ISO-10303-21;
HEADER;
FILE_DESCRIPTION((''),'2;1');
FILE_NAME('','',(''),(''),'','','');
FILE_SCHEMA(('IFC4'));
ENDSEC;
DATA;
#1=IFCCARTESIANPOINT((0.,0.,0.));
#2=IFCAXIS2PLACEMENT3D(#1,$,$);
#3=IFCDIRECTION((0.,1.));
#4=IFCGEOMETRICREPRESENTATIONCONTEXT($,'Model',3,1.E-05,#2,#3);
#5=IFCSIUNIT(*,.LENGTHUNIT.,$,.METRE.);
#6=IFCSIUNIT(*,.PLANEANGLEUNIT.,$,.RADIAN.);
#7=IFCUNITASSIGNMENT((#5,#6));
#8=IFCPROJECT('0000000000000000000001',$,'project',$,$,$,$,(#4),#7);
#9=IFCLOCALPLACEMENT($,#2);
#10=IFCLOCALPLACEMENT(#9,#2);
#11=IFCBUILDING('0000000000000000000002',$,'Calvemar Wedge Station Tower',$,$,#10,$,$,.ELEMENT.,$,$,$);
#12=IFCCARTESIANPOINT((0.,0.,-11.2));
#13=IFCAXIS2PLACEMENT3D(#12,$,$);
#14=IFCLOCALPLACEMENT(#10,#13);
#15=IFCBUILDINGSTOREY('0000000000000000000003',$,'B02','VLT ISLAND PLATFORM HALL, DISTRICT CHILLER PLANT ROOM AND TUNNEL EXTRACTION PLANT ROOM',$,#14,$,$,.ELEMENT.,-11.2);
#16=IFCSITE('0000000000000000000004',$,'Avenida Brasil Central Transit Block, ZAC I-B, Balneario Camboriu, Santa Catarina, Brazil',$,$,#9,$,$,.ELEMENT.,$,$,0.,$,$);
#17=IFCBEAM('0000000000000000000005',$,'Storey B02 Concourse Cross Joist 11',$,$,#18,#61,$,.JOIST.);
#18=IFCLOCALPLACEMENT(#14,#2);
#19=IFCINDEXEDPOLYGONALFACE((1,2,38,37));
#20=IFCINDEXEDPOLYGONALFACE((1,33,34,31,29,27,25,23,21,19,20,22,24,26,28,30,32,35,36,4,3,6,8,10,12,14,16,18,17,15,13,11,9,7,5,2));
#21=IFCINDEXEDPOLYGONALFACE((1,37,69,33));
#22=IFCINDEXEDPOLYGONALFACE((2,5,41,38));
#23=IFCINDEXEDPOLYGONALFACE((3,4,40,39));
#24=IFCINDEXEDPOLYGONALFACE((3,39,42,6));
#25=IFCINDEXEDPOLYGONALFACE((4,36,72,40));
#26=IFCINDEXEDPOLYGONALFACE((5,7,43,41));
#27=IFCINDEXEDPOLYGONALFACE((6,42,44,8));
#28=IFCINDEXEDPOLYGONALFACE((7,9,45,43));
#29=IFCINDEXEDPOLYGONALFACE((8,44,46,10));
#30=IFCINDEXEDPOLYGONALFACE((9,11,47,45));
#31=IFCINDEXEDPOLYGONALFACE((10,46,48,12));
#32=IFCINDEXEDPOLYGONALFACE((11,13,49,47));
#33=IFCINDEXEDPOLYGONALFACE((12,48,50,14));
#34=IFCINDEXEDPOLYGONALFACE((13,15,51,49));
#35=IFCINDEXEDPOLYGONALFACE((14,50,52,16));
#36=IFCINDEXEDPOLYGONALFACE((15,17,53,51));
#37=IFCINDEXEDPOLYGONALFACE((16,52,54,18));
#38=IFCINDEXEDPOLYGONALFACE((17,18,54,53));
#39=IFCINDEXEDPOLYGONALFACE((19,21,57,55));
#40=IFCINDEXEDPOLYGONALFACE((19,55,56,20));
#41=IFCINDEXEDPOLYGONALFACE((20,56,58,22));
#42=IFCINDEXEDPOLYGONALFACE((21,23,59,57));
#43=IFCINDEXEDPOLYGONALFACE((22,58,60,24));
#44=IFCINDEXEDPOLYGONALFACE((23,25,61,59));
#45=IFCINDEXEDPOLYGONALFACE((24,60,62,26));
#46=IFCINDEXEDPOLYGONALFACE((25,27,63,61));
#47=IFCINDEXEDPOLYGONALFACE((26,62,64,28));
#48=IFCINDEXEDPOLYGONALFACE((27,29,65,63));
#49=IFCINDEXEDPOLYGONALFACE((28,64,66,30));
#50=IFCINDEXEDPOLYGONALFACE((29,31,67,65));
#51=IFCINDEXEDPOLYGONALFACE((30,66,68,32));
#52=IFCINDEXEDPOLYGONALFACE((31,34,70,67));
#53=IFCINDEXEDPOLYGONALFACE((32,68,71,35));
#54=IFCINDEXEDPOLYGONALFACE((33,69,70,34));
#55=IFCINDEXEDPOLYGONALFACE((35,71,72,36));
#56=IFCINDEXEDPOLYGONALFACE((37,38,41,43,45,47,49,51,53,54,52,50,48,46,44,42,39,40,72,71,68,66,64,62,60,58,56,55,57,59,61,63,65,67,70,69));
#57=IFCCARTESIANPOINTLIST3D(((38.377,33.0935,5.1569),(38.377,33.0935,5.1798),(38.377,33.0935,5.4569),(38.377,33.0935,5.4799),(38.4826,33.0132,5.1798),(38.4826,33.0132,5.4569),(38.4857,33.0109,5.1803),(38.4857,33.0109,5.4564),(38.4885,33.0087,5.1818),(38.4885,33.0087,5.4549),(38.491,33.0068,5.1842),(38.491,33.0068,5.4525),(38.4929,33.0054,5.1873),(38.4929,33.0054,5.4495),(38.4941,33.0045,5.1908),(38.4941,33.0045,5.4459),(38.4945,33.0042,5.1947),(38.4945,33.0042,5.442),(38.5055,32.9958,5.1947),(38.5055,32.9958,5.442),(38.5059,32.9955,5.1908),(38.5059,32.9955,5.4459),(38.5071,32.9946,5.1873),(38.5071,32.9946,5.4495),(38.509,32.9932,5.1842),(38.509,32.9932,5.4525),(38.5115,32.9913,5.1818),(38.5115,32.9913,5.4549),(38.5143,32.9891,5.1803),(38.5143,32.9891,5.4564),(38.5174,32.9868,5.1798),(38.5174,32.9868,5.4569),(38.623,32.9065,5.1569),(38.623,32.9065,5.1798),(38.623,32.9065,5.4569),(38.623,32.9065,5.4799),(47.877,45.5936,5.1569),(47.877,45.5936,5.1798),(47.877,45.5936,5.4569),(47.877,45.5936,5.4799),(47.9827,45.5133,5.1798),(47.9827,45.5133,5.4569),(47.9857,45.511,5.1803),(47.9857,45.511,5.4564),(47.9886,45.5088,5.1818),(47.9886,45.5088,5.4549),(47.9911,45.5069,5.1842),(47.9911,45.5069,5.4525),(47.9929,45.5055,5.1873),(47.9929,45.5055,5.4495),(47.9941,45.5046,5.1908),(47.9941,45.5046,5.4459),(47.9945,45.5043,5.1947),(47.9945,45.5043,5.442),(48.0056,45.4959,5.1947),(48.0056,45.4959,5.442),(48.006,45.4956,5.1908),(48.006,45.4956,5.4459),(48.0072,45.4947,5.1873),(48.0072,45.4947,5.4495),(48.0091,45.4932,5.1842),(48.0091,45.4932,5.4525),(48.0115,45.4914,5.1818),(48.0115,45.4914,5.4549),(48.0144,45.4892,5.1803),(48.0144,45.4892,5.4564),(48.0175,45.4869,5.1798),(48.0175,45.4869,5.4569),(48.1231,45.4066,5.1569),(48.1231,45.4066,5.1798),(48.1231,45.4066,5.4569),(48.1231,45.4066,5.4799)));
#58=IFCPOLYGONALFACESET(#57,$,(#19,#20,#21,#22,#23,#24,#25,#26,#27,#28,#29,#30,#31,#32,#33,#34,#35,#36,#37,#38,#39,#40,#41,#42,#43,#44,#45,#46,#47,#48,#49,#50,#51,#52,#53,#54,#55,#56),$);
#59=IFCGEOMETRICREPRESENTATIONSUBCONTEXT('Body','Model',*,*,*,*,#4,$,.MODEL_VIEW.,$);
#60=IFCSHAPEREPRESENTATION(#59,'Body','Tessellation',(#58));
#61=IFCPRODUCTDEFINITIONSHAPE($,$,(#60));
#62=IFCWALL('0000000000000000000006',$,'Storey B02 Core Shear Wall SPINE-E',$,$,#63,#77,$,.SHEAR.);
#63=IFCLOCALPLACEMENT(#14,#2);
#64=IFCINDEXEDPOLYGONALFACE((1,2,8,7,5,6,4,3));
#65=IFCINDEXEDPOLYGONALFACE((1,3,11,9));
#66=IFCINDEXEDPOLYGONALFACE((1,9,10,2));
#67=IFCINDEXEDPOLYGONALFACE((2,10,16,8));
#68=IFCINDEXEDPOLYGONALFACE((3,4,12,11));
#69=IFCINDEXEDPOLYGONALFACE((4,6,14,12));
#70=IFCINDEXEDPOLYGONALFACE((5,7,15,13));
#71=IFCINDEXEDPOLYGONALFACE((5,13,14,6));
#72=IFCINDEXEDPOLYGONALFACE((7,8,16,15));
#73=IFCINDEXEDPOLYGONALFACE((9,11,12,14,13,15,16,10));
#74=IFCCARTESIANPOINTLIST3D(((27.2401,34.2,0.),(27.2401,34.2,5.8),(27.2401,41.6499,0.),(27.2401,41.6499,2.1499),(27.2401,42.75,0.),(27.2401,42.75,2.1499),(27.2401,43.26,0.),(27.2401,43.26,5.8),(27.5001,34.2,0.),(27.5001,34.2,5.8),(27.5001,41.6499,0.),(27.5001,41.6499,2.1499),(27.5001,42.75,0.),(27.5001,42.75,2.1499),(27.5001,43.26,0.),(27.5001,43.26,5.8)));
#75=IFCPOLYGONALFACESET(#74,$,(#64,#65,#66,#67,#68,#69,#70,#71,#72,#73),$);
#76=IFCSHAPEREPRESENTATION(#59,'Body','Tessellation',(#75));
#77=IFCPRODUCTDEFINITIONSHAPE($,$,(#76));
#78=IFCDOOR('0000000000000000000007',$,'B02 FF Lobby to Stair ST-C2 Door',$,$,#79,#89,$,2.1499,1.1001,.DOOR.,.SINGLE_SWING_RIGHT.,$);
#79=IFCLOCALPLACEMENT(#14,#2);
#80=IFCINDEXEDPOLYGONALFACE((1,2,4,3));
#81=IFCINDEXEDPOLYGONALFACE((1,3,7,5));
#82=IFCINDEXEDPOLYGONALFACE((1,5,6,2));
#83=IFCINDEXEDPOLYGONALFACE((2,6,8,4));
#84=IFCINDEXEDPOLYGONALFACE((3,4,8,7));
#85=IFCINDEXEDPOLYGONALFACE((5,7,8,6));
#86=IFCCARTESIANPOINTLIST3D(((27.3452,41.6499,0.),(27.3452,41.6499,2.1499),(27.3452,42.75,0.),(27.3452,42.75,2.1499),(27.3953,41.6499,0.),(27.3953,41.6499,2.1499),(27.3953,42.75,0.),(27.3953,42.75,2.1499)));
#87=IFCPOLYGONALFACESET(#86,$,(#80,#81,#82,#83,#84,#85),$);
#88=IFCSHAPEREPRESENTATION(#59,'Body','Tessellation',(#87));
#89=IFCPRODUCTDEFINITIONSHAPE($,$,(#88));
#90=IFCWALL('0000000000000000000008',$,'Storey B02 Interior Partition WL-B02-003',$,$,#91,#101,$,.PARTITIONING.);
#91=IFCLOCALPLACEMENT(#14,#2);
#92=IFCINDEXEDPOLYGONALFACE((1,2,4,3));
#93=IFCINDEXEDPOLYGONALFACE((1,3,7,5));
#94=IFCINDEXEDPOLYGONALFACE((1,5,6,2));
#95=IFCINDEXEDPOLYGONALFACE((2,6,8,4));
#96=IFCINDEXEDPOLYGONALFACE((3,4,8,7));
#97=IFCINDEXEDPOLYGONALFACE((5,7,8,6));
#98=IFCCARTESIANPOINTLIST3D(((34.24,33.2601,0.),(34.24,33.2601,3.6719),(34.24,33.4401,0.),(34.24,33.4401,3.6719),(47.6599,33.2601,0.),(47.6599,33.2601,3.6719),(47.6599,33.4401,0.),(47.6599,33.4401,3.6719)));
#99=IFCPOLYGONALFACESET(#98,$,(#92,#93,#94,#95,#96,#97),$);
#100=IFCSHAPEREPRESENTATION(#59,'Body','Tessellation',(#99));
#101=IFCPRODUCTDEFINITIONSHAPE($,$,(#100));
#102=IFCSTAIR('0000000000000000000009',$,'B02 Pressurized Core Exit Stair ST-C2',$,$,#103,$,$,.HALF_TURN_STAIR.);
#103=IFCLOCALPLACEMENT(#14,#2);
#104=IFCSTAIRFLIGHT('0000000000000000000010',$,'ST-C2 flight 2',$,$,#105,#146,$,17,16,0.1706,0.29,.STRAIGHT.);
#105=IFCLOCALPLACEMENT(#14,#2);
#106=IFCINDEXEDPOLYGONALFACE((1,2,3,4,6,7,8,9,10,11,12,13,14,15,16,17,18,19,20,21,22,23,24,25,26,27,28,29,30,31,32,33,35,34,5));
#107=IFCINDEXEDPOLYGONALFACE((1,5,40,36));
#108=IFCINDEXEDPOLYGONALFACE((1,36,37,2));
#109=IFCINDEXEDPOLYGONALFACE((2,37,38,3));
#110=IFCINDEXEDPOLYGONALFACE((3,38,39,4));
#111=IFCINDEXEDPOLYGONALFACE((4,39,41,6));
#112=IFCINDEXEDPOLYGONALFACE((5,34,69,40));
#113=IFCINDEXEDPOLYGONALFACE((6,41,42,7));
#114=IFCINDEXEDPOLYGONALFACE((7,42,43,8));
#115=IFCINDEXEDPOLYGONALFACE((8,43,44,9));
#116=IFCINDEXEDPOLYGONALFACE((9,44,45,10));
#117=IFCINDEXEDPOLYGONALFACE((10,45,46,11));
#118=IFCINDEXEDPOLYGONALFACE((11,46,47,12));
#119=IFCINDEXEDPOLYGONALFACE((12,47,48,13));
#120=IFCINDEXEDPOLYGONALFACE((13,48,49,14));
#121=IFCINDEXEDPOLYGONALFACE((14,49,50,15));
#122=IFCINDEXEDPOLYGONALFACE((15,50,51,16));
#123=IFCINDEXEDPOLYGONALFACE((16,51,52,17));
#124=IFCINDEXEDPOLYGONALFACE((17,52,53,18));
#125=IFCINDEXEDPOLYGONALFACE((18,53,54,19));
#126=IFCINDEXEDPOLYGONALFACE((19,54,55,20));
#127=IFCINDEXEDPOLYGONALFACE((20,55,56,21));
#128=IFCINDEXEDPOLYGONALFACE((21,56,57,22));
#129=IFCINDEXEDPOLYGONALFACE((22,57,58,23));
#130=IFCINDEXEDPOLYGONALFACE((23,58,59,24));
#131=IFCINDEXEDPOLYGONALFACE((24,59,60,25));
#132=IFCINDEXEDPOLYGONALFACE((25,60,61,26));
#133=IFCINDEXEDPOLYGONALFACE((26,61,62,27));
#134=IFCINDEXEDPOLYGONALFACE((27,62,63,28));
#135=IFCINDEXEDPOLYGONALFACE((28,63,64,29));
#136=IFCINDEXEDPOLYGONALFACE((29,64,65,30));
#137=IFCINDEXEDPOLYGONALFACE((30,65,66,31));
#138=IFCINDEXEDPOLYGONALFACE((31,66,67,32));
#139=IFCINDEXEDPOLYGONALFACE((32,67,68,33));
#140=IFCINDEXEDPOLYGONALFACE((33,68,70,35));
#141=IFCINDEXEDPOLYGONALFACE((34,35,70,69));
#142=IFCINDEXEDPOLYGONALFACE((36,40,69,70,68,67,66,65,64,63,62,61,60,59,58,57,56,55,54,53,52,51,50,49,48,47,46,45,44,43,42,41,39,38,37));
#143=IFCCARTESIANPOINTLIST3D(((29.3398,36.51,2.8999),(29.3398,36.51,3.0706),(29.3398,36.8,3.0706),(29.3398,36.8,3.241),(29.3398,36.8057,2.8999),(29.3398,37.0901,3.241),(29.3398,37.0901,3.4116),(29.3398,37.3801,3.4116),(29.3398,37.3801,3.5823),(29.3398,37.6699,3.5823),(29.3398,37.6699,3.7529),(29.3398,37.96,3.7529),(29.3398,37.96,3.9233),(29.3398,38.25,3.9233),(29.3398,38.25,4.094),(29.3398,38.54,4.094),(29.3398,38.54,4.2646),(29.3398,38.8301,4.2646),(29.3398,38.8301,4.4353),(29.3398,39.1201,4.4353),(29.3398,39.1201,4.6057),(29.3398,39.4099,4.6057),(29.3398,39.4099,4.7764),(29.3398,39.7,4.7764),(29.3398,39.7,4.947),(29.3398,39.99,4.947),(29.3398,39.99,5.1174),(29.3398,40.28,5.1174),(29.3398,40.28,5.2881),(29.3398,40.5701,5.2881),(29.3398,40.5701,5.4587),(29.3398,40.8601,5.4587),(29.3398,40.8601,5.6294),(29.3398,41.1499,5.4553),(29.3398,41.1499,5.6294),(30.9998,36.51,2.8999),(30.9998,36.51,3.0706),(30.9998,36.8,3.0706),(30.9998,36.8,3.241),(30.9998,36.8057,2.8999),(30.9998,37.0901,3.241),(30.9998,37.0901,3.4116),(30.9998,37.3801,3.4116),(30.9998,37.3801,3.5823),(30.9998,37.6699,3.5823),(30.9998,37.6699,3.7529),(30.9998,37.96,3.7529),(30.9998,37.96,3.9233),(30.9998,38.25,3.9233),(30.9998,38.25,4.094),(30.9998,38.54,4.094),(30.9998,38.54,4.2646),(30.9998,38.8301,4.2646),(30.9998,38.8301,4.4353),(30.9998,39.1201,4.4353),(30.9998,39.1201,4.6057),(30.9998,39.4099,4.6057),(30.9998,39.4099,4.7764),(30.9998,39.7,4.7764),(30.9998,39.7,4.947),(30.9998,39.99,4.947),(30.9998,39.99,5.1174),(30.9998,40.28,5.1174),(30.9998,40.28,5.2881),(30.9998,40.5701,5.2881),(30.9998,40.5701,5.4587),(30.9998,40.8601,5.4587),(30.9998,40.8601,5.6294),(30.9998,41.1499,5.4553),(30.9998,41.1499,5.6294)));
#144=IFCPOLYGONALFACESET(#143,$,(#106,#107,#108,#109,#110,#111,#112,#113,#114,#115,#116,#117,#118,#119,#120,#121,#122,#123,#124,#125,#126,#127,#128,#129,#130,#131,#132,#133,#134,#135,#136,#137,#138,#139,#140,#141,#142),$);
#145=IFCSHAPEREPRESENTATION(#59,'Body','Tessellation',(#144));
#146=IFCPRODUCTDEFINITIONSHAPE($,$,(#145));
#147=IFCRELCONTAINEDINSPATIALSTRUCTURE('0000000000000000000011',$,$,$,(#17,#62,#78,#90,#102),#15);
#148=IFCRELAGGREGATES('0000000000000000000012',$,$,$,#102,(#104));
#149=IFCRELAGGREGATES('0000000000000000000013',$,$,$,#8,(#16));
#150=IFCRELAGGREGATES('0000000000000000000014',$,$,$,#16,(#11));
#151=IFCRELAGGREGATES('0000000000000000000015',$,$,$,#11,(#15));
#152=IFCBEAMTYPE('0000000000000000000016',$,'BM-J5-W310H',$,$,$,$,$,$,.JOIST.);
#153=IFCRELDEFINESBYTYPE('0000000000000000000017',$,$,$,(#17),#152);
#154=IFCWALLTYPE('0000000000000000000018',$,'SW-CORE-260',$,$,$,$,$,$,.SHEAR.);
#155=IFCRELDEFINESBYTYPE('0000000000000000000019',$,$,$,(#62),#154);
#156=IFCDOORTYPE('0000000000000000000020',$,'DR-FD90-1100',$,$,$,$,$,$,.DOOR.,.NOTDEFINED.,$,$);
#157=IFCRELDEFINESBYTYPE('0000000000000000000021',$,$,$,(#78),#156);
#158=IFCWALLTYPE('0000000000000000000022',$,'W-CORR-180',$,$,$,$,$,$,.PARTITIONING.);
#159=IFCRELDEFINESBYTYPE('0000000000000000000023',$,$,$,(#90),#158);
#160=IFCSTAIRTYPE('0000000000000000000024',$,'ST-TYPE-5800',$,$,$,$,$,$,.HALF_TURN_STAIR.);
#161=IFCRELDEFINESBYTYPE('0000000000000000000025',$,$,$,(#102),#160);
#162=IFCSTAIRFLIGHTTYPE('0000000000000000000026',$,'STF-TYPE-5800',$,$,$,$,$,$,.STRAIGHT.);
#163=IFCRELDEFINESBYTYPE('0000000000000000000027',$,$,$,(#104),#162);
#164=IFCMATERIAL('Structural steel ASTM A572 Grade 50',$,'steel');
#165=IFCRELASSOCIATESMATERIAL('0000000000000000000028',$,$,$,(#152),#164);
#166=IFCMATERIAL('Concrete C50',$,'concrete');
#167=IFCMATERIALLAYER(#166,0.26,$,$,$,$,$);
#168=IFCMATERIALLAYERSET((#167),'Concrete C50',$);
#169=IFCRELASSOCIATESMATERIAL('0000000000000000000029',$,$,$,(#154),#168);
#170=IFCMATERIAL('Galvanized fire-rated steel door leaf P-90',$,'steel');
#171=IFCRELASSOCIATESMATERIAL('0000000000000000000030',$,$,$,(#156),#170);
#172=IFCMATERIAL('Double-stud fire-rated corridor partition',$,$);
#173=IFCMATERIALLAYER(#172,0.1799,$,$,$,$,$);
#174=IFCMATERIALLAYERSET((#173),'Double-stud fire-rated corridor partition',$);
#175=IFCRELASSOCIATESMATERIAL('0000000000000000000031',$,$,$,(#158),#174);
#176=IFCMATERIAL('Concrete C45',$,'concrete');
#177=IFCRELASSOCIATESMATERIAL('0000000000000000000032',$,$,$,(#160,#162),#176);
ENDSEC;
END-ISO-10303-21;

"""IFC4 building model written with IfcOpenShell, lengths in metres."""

from ifc_helpers import new_model, si_unit, direction, frame, frame_2d, origin, origin_2d, place, context, subcontext, project, spatial, polyline, rectangle, i_section, outline, extrude, source, transform, mapped, material, layer, layer_set, material_profile, profile_set, type_object, element, fill, aggregate, save


model = new_model("IFC4")

# Units and contexts
model_context = context("Model", 3, precision=1e-05, world=origin(), true_north=direction((0.0, 1.0)))
body_context = subcontext(model_context, "Body", "Model", "MODEL_VIEW")
ifc_project = project(units=[si_unit("LENGTHUNIT", "METRE"), si_unit("PLANEANGLEUNIT", "RADIAN")], contexts=[model_context])

# Site, building, storey
site_placement = place(None, origin())
site = spatial("IfcSite", under=ifc_project, at=site_placement, Name="Avenida Brasil Central Transit Block, ZAC I-B, Balneario Camboriu, Santa Catarina, Brazil", CompositionType="ELEMENT", RefElevation=0.0)
building_placement = place(site_placement, origin())
building = spatial("IfcBuilding", under=site, at=building_placement, Name="Calvemar Wedge Station Tower", CompositionType="ELEMENT")
storey_placement = place(building_placement, frame((0.0, 0.0, -11.2)))
storey = spatial("IfcBuildingStorey", under=building, at=storey_placement, Name="B02", Description="VLT ISLAND PLATFORM HALL, DISTRICT CHILLER PLANT ROOM AND TUNNEL EXTRACTION PLANT ROOM", CompositionType="ELEMENT", Elevation=-11.2)

# Shared definitions
ifc_material_1 = material(Name="Concrete C45", Category="concrete")

# Beam
ifc_material_2 = material(Name="Concrete C50", Category="concrete")
ifc_material_3 = material(Name="Structural steel ASTM A572 Grade 50", Category="steel")
ifc_material_profile_1 = material_profile(ifc_material_3, i_section(OverallWidth=0.3091, OverallDepth=0.323, WebThickness=0.0139, FlangeThickness=0.0229, FilletRadius=0.0149, at=origin_2d()), Name="W310x143")
ifc_profile_set_1 = profile_set([ifc_material_profile_1], Name="Structural steel ASTM A572 Grade 50")
beam_type_1 = type_object("IfcBeamType", Name="BM-J5-W310H", PredefinedType="JOIST", material=ifc_profile_set_1)
shared_shape_1 = source(origin(), body_context, "Body", "SweptSolid", [
    extrude(i_section(OverallWidth=0.3091, OverallDepth=0.323, WebThickness=0.0139, FlangeThickness=0.0229, FilletRadius=0.0149, at=origin_2d()), origin(), (0.0, 0.0, 1.0), 15.7004),
])
beam_1_placement = place(storey_placement, frame((38.5, 33.0, 5.3184), z_axis=(0.605083, 0.796162, 0.0), x_axis=(-0.796162, 0.605083, 0.0)))
element("IfcBeam", 1, at=beam_1_placement, inside=storey, type_object=beam_type_1, Name="Storey B02 Concourse Cross Joist 11", PredefinedType="JOIST", context=body_context, shape_type="MappedRepresentation", body=[
    mapped(shared_shape_1, transform((0.0, 0.0, 0.0), scale=1.0)),
])

# Wall, opening, door
ifc_layer_1 = layer(ifc_material_2, 0.26)
ifc_layer_set_1 = layer_set([ifc_layer_1], Name="Concrete C50")
wall_type_1 = type_object("IfcWallType", Name="SW-CORE-260", PredefinedType="SHEAR", material=ifc_layer_set_1)
wall_1_placement = place(storey_placement, frame((27.3701, 34.2, 0.0), z_axis=(0.0, 0.0, 1.0), x_axis=(0.0, 1.0, 0.0)))
wall_1 = element("IfcWall", 2, at=wall_1_placement, inside=storey, type_object=wall_type_1, Name="Storey B02 Core Shear Wall SPINE-E", PredefinedType="SHEAR", context=body_context, shape_type="SweptSolid", body=[
    extrude(rectangle(XDim=9.0601, YDim=0.26, at=frame_2d((4.53, 0.0))), origin(), (0.0, 0.0, 1.0), 5.8),
])
shared_shape_2 = source(origin(), body_context, "Body", "SweptSolid", [
    extrude(rectangle(XDim=1.1001, YDim=2.1499, at=frame_2d((0.55, 1.075))), frame((0.0, 0.1401, 0.0), z_axis=(0.0, -1.0, 0.0), x_axis=(1.0, 0.0, 0.0)), (0.0, 0.0, 1.0), 0.28),
])
opening_1_placement = place(wall_1_placement, frame((7.45, 0.0, 0.0)))
opening_1 = element("IfcOpeningElement", 3, at=opening_1_placement, cuts=wall_1, PredefinedType="OPENING", context=body_context, shape_type="MappedRepresentation", body=[
    mapped(shared_shape_2, transform((0.0, 0.0, 0.0), scale=1.0)),
])
ifc_material_4 = material(Name="Galvanized fire-rated steel door leaf P-90", Category="steel")
door_type = type_object("IfcDoorType", Name="DR-FD90-1100", OperationType="NOTDEFINED", PredefinedType="DOOR", material=ifc_material_4)
shared_shape_3 = source(origin(), body_context, "Body", "SweptSolid", [
    extrude(rectangle(XDim=1.1001, YDim=2.1499, at=frame_2d((0.55, 1.075))), frame((0.0, 0.0249, 0.0), z_axis=(0.0, -1.0, 0.0), x_axis=(1.0, 0.0, 0.0)), (0.0, 0.0, 1.0), 0.05),
])
door_1_placement = place(opening_1_placement, origin())
door_1 = element("IfcDoor", 4, at=door_1_placement, inside=storey, type_object=door_type, Name="B02 FF Lobby to Stair ST-C2 Door", OperationType="SINGLE_SWING_RIGHT", OverallHeight=2.1499, OverallWidth=1.1001, PredefinedType="DOOR", context=body_context, shape_type="MappedRepresentation", body=[
    mapped(shared_shape_3, transform((0.0, 0.0, 0.0), scale=1.0)),
])
fill(opening_1, door_1)

# Wall
ifc_material_5 = material(Name="Double-stud fire-rated corridor partition")
ifc_layer_2 = layer(ifc_material_5, 0.1799)
ifc_layer_set_2 = layer_set([ifc_layer_2], Name="Double-stud fire-rated corridor partition")
wall_type_2 = type_object("IfcWallType", Name="W-CORR-180", PredefinedType="PARTITIONING", material=ifc_layer_set_2)
wall_2_placement = place(storey_placement, frame((34.24, 33.3501, 0.0), z_axis=(0.0, 0.0, 1.0), x_axis=(1.0, 0.0, 0.0)))
element("IfcWall", 5, at=wall_2_placement, inside=storey, type_object=wall_type_2, Name="Storey B02 Interior Partition WL-B02-003", PredefinedType="PARTITIONING", context=body_context, shape_type="SweptSolid", body=[
    extrude(rectangle(XDim=13.4199, YDim=0.1799, at=frame_2d((6.71, 0.0))), origin(), (0.0, 0.0, 1.0), 3.6719),
])

# Stair, stair flight
stair_type = type_object("IfcStairType", Name="ST-TYPE-5800", PredefinedType="HALF_TURN_STAIR", material=ifc_material_1)
stair_placement = place(storey_placement, origin())
stair = element("IfcStair", 6, at=stair_placement, inside=storey, type_object=stair_type, Name="B02 Pressurized Core Exit Stair ST-C2", PredefinedType="HALF_TURN_STAIR")
stair_flight_type = type_object("IfcStairFlightType", Name="STF-TYPE-5800", PredefinedType="STRAIGHT", material=ifc_material_1)
stair_flight_placement = place(storey_placement, frame((30.1699, 36.51, 2.8999), z_axis=(0.0, 0.0, 1.0), x_axis=(0.0, 1.0, 0.0)))
stair_flight = element("IfcStairFlight", 7, at=stair_flight_placement, type_object=stair_flight_type, Name="ST-C2 flight 2", NumberOfRisers=17, NumberOfTreads=16, PredefinedType="STRAIGHT", RiserHeight=0.1706, TreadLength=0.29, context=body_context, shape_type="SweptSolid", body=[
    extrude(outline(polyline([(0.0, 0.0), (0.0, 0.1707), (0.29, 0.1707), (0.29, 0.3411), (0.5801, 0.3411), (0.5801, 0.5117), (0.8701, 0.5117), (0.8701, 0.6824), (1.1599, 0.6824), (1.1599, 0.853), (1.45, 0.853), (1.45, 1.0234), (1.74, 1.0234), (1.74, 1.1941), (2.03, 1.1941), (2.03, 1.3647), (2.3201, 1.3647), (2.3201, 1.5354), (2.6101, 1.5354), (2.6101, 1.7058), (2.8999, 1.7058), (2.8999, 1.8765), (3.1899, 1.8765), (3.1899, 2.0471), (3.48, 2.0471), (3.48, 2.2175), (3.77, 2.2175), (3.77, 2.3882), (4.0601, 2.3882), (4.0601, 2.5588), (4.3501, 2.5588), (4.3501, 2.7295), (4.6399, 2.7295), (4.6399, 2.8999), (4.6399, 2.5554), (0.2957, 0.0), (0.0, 0.0)])), frame((0.0, 0.8301, 0.0), z_axis=(0.0, -1.0, 0.0), x_axis=(1.0, 0.0, 0.0)), (0.0, 0.0, 1.0), 1.6599),
])
aggregate(stair, [stair_flight])

save(model, "model.ifc")
